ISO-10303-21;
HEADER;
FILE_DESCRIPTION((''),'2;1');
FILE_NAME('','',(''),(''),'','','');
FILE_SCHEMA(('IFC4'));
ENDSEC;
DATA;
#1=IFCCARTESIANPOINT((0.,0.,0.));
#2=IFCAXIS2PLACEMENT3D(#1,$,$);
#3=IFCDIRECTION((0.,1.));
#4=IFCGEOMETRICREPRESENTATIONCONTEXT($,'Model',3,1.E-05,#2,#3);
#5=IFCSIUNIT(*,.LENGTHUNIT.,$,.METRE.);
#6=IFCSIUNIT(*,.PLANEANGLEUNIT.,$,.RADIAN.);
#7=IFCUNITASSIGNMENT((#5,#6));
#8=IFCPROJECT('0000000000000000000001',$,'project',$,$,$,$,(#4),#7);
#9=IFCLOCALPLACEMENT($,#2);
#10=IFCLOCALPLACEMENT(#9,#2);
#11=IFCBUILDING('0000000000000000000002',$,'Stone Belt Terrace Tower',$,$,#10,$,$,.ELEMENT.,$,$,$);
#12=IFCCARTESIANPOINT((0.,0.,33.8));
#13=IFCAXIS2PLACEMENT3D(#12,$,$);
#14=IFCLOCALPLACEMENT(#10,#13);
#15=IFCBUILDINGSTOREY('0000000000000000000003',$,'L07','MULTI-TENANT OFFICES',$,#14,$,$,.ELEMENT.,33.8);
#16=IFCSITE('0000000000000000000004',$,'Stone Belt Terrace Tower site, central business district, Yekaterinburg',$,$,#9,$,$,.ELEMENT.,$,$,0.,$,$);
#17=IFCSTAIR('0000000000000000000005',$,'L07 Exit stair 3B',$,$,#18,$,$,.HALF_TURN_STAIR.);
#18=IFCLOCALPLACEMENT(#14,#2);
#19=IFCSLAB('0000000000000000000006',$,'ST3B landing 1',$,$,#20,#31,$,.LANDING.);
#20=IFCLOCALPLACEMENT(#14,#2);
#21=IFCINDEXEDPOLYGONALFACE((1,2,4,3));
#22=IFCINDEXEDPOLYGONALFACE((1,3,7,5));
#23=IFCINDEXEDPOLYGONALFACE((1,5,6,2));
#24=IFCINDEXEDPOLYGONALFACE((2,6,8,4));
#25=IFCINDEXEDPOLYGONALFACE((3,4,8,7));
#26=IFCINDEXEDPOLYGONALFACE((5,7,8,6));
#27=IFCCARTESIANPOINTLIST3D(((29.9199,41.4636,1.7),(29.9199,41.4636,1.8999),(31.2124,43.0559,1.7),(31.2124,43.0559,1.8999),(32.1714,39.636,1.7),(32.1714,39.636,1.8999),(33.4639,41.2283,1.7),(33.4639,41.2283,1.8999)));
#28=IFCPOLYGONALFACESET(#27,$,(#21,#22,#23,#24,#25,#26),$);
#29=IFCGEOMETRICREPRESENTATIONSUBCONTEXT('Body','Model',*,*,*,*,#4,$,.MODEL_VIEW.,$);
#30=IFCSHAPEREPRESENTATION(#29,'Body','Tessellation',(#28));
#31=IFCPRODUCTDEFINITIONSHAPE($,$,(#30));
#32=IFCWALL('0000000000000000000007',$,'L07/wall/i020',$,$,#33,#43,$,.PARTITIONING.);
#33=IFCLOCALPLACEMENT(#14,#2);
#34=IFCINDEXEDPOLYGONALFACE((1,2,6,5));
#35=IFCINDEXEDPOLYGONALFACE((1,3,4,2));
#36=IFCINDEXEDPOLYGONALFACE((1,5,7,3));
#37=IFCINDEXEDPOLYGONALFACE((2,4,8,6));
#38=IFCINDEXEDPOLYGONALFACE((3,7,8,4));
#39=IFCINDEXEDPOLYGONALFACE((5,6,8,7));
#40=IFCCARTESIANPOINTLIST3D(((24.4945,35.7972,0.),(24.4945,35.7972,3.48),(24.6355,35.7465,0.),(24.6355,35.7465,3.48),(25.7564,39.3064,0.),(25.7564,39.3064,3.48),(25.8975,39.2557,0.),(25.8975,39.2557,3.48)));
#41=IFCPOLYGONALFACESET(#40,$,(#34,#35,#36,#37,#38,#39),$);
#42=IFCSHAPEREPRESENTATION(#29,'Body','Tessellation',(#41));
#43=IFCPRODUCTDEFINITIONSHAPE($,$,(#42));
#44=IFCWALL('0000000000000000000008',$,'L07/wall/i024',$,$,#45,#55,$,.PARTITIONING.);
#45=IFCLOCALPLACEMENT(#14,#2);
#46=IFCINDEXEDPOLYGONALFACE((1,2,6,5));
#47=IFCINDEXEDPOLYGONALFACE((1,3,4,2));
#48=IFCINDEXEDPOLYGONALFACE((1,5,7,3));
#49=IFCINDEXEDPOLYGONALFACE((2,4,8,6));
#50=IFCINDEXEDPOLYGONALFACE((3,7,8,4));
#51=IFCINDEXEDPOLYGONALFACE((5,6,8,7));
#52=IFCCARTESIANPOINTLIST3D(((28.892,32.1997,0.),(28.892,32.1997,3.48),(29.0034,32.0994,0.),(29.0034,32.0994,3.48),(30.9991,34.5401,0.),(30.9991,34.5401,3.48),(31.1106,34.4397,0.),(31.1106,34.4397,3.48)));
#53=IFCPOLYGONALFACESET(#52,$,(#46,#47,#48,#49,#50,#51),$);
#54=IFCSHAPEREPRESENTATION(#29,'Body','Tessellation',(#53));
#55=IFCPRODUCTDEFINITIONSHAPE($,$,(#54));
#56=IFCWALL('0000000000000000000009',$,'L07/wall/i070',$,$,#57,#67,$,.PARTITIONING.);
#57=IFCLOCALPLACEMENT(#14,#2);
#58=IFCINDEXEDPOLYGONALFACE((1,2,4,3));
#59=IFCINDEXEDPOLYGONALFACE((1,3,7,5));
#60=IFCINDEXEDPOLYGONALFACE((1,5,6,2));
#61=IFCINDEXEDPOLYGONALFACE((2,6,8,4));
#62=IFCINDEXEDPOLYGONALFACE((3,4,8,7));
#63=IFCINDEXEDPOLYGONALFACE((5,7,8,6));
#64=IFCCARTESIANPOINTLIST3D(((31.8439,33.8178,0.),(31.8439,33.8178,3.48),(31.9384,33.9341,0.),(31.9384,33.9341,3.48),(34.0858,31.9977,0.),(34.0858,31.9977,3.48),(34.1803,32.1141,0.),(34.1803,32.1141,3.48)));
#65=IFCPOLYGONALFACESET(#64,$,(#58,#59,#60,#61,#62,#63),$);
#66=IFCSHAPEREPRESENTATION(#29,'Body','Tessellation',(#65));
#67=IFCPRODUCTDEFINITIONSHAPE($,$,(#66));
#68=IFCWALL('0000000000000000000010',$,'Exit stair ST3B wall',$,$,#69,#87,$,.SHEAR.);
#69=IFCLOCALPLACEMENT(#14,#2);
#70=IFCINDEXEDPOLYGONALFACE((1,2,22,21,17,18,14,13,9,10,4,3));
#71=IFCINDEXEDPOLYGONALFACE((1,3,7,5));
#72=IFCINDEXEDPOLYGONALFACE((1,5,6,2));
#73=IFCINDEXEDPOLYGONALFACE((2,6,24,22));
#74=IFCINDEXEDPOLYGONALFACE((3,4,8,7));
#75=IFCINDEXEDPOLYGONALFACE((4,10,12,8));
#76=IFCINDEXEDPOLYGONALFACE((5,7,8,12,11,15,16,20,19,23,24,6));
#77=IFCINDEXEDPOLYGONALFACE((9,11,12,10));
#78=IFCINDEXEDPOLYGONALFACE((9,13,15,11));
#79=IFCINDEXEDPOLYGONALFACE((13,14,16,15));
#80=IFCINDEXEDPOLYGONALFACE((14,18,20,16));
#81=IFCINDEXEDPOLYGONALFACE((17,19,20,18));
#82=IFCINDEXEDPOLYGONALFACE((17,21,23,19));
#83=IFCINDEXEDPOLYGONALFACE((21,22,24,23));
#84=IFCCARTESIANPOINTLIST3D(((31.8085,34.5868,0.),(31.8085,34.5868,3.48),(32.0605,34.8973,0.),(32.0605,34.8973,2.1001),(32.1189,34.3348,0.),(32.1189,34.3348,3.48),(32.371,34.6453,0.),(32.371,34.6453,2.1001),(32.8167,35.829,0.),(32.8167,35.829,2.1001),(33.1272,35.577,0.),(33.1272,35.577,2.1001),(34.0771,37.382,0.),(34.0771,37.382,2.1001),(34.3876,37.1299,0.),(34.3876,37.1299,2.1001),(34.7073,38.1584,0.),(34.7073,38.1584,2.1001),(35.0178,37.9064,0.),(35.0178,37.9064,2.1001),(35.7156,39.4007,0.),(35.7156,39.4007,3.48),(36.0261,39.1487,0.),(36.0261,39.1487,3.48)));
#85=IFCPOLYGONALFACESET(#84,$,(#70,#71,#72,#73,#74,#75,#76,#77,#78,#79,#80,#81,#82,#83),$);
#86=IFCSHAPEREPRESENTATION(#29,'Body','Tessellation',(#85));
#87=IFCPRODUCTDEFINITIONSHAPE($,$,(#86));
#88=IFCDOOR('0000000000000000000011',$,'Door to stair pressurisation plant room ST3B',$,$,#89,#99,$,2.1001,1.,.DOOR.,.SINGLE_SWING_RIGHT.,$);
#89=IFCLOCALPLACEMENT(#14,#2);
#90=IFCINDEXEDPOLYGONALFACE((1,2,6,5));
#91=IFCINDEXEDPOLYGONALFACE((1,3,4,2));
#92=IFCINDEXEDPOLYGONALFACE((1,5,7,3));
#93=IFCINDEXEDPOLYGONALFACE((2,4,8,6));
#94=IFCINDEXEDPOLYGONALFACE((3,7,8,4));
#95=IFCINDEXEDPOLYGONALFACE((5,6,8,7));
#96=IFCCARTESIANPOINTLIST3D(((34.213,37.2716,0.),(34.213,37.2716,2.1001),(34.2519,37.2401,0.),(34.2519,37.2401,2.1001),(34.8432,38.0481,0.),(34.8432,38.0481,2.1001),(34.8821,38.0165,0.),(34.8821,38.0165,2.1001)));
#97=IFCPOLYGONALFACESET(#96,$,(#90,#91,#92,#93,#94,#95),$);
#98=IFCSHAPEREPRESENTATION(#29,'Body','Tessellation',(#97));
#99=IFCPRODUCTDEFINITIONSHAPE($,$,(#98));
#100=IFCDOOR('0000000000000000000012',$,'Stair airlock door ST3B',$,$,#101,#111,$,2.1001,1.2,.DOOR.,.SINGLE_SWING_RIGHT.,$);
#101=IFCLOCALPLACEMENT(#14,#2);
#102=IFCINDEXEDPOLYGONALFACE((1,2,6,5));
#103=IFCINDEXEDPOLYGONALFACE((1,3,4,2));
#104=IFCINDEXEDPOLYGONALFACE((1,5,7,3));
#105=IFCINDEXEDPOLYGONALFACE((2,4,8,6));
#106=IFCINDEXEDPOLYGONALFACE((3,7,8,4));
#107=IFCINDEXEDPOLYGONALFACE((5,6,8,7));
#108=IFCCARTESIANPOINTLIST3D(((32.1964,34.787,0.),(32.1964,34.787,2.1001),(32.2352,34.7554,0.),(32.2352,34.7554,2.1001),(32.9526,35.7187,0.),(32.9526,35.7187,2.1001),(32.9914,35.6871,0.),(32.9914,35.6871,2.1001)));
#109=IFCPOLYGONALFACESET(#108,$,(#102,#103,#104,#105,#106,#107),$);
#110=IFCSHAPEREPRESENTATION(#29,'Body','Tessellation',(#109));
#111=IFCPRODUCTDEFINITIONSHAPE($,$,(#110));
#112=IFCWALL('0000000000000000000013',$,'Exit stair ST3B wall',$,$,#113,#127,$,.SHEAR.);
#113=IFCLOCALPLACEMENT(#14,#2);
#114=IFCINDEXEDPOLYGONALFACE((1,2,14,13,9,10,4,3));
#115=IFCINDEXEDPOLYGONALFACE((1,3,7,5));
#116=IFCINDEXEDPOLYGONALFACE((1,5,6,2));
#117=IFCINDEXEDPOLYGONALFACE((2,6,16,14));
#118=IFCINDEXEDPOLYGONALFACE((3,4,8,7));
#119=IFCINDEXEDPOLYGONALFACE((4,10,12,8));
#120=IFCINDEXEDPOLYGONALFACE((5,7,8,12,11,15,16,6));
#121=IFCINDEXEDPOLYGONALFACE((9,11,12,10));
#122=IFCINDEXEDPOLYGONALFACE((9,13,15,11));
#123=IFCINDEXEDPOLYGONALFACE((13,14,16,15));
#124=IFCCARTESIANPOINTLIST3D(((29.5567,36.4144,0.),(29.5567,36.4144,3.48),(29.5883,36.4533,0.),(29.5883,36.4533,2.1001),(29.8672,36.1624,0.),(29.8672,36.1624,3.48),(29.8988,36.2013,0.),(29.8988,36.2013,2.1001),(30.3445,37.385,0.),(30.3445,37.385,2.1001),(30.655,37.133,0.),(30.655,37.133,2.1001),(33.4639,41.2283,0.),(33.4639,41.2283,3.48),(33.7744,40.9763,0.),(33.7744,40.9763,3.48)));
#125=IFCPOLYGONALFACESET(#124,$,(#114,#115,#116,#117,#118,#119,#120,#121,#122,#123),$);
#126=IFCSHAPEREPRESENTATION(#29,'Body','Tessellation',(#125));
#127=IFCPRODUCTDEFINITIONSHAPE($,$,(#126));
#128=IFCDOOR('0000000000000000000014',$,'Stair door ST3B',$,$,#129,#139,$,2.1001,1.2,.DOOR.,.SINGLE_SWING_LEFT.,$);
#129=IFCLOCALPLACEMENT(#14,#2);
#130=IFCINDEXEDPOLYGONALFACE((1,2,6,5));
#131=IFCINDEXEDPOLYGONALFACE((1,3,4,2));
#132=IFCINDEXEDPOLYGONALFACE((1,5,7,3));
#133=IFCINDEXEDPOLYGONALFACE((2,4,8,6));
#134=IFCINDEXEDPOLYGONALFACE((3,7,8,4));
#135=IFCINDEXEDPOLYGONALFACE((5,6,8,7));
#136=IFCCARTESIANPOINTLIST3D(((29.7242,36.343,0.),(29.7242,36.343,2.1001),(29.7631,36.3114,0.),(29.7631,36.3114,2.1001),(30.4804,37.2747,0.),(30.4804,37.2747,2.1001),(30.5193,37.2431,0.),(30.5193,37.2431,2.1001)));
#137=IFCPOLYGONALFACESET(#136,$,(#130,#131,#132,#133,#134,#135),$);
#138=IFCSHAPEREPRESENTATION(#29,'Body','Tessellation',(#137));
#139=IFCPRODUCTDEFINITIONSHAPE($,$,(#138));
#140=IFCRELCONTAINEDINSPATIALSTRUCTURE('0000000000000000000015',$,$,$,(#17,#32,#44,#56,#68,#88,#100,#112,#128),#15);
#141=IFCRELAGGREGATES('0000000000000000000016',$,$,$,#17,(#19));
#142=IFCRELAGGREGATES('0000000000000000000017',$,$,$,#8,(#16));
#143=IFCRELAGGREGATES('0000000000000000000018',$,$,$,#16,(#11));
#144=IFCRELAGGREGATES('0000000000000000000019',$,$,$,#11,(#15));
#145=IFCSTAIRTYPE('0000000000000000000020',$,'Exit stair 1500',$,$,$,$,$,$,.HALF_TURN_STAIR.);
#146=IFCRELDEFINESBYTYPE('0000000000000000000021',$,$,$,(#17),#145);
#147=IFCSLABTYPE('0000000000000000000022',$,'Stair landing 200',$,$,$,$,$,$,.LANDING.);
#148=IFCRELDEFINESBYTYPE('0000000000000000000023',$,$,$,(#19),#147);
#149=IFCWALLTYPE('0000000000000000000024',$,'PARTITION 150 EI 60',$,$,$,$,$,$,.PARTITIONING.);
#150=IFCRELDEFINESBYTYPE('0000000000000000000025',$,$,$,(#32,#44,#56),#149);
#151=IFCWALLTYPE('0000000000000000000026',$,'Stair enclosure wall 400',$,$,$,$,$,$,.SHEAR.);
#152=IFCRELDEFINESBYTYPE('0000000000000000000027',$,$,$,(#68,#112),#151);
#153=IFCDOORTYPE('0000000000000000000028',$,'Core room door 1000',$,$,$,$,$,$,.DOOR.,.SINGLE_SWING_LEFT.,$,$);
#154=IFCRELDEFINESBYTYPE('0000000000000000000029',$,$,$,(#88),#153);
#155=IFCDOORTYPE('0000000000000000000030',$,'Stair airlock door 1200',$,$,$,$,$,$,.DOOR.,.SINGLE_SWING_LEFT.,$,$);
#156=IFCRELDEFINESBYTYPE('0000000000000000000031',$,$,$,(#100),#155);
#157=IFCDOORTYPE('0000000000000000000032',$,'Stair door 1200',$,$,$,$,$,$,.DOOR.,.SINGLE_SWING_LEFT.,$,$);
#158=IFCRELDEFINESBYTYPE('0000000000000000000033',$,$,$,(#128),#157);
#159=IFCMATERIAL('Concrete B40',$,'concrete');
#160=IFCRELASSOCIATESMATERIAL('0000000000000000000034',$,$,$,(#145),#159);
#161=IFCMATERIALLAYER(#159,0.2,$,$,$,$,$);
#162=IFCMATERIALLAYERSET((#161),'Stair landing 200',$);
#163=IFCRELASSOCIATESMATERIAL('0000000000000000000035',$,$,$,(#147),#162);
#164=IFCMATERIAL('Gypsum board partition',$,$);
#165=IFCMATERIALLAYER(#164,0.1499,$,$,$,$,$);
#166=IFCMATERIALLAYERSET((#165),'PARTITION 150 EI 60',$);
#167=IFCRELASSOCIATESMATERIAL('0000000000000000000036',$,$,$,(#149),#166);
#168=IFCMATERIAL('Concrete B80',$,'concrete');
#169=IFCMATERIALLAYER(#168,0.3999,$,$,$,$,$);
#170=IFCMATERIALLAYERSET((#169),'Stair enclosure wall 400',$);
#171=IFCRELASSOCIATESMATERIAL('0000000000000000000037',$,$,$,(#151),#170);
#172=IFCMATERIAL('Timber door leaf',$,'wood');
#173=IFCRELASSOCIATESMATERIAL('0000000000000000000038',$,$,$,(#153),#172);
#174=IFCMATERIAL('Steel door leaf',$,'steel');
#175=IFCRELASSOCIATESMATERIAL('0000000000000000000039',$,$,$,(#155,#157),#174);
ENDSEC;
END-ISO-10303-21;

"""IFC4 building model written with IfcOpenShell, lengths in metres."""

from ifc_helpers import new_model, si_unit, direction, frame, frame_2d, origin, place, context, subcontext, project, spatial, polyline, rectangle, outline, extrude, material, layer, layer_set, type_object, element, fill, aggregate, save


model = new_model("IFC4")

# Units and contexts
model_context = context("Model", 3, precision=1e-05, world=origin(), true_north=direction((0.0, 1.0)))
body_context = subcontext(model_context, "Body", "Model", "MODEL_VIEW")
ifc_project = project(units=[si_unit("LENGTHUNIT", "METRE"), si_unit("PLANEANGLEUNIT", "RADIAN")], contexts=[model_context])

# Site, building, storey
site_placement = place(None, origin())
site = spatial("IfcSite", under=ifc_project, at=site_placement, Name="Stone Belt Terrace Tower site, central business district, Yekaterinburg", CompositionType="ELEMENT", RefElevation=0.0)
building_placement = place(site_placement, origin())
building = spatial("IfcBuilding", under=site, at=building_placement, Name="Stone Belt Terrace Tower", CompositionType="ELEMENT")
storey_placement = place(building_placement, frame((0.0, 0.0, 33.8)))
storey = spatial("IfcBuildingStorey", under=building, at=storey_placement, Name="L07", Description="MULTI-TENANT OFFICES", CompositionType="ELEMENT", Elevation=33.8)

# Shared definitions
ifc_material_1 = material(Name="Concrete B80", Category="concrete")

# Shared definitions
ifc_material_2 = material(Name="Concrete B40", Category="concrete")

# Stair, slab
stair_type = type_object("IfcStairType", Name="Exit stair 1500", PredefinedType="HALF_TURN_STAIR", material=ifc_material_2)
ifc_layer_1 = layer(ifc_material_2, 0.2)
ifc_layer_set_1 = layer_set([ifc_layer_1], Name="Stair landing 200")
slab_type_1 = type_object("IfcSlabType", Name="Stair landing 200", PredefinedType="LANDING", material=ifc_layer_set_1)
stair_1_placement = place(storey_placement, origin())
stair_1 = element("IfcStair", 1, at=stair_1_placement, inside=storey, type_object=stair_type, Name="L07 Exit stair 3B", PredefinedType="HALF_TURN_STAIR")
slab_1_placement = place(storey_placement, frame((0.0, 0.0, 1.7)))
slab_1 = element("IfcSlab", 2, at=slab_1_placement, type_object=slab_type_1, Name="ST3B landing 1", PredefinedType="LANDING", context=body_context, shape_type="SweptSolid", body=[
    extrude(outline(polyline([(32.1714, 39.636), (33.4639, 41.2283), (31.2124, 43.0559), (29.9199, 41.4636), (32.1714, 39.636)])), origin(), (0.0, 0.0, 1.0), 0.2),
])
aggregate(stair_1, [slab_1])

# Walls
ifc_material_3 = material(Name="Gypsum board partition")
ifc_layer_2 = layer(ifc_material_3, 0.1499)
ifc_layer_set_2 = layer_set([ifc_layer_2], Name="PARTITION 150 EI 60")
wall_type_1 = type_object("IfcWallType", Name="PARTITION 150 EI 60", PredefinedType="PARTITIONING", material=ifc_layer_set_2)
wall_1_placement = place(storey_placement, frame((24.5649, 35.7717, 0.0), z_axis=(0.0, 0.0, 1.0), x_axis=(0.338393, 0.941005, 0.0)))
element("IfcWall", 3, at=wall_1_placement, inside=storey, type_object=wall_type_1, Name="L07/wall/i020", PredefinedType="PARTITIONING", context=body_context, shape_type="SweptSolid", body=[
    extrude(rectangle(XDim=3.7292, YDim=0.1499, at=frame_2d((1.8647, 0.0))), origin(), (0.0, 0.0, 1.0), 3.48),
])
wall_2_placement = place(storey_placement, frame((31.0549, 34.49, 0.0), z_axis=(0.0, 0.0, 1.0), x_axis=(-0.669119, -0.743155, 0.0)))
element("IfcWall", 4, at=wall_2_placement, inside=storey, type_object=wall_type_1, Name="L07/wall/i024", PredefinedType="PARTITIONING", context=body_context, shape_type="SweptSolid", body=[
    extrude(rectangle(XDim=3.1492, YDim=0.1499, at=frame_2d((1.5747, 0.0))), origin(), (0.0, 0.0, 1.0), 3.48),
])
wall_3_placement = place(storey_placement, frame((34.1331, 32.0559, 0.0), z_axis=(0.0, 0.0, 1.0), x_axis=(-0.77637, 0.630277, 0.0)))
element("IfcWall", 5, at=wall_3_placement, inside=storey, type_object=wall_type_1, Name="L07/wall/i070", PredefinedType="PARTITIONING", context=body_context, shape_type="SweptSolid", body=[
    extrude(rectangle(XDim=2.8877, YDim=0.1499, at=frame_2d((1.4438, 0.0))), origin(), (0.0, 0.0, 1.0), 3.48),
])

# Wall, openings, doors
ifc_layer_3 = layer(ifc_material_1, 0.3999)
ifc_layer_set_3 = layer_set([ifc_layer_3], Name="Stair enclosure wall 400")
wall_type_2 = type_object("IfcWallType", Name="Stair enclosure wall 400", PredefinedType="SHEAR", material=ifc_layer_set_3)
wall_4_placement = place(storey_placement, frame((31.9636, 34.4607, 0.0), z_axis=(0.0, 0.0, 1.0), x_axis=(0.630192, 0.776439, 0.0)))
wall_4 = element("IfcWall", 6, at=wall_4_placement, inside=storey, type_object=wall_type_2, Name="Exit stair ST3B wall", PredefinedType="SHEAR", context=body_context, shape_type="SweptSolid", body=[
    extrude(rectangle(XDim=6.2, YDim=0.3999, at=frame_2d((3.1001, 0.0))), origin(), (0.0, 0.0, 1.0), 3.48),
])
opening_1_placement = place(wall_4_placement, frame((0.3999, 0.0, 0.0)))
opening_1 = element("IfcOpeningElement", 7, at=opening_1_placement, cuts=wall_4, PredefinedType="OPENING", context=body_context, shape_type="SweptSolid", body=[
    extrude(rectangle(XDim=1.2, YDim=2.1001, at=frame_2d((0.6001, 1.05))), frame((0.0, 0.21, 0.0), z_axis=(0.0, -1.0, 0.0), x_axis=(1.0, 0.0, 0.0)), (0.0, 0.0, 1.0), 0.4199),
])
opening_2_placement = place(wall_4_placement, frame((3.6001, 0.0, 0.0)))
opening_2 = element("IfcOpeningElement", 8, at=opening_2_placement, cuts=wall_4, PredefinedType="OPENING", context=body_context, shape_type="SweptSolid", body=[
    extrude(rectangle(XDim=1.0, YDim=2.1001, at=frame_2d((0.5, 1.05))), frame((0.0, 0.21, 0.0), z_axis=(0.0, -1.0, 0.0), x_axis=(1.0, 0.0, 0.0)), (0.0, 0.0, 1.0), 0.4199),
])
ifc_material_4 = material(Name="Timber door leaf", Category="wood")
door_type_1 = type_object("IfcDoorType", Name="Core room door 1000", OperationType="SINGLE_SWING_LEFT", PredefinedType="DOOR", material=ifc_material_4)
door_1_placement = place(opening_2_placement, origin())
door_1 = element("IfcDoor", 9, at=door_1_placement, inside=storey, type_object=door_type_1, Name="Door to stair pressurisation plant room ST3B", OperationType="SINGLE_SWING_RIGHT", OverallHeight=2.1001, OverallWidth=1.0, PredefinedType="DOOR", context=body_context, shape_type="SweptSolid", body=[
    extrude(rectangle(XDim=1.0, YDim=2.1001, at=frame_2d((0.5, 1.05))), frame((0.0, 0.0249, 0.0), z_axis=(0.0, -1.0, 0.0), x_axis=(1.0, 0.0, 0.0)), (0.0, 0.0, 1.0), 0.05),
])
fill(opening_2, door_1)
ifc_material_5 = material(Name="Steel door leaf", Category="steel")
door_type_2 = type_object("IfcDoorType", Name="Stair airlock door 1200", OperationType="SINGLE_SWING_LEFT", PredefinedType="DOOR", material=ifc_material_5)
door_2_placement = place(opening_1_placement, origin())
door_2 = element("IfcDoor", 10, at=door_2_placement, inside=storey, type_object=door_type_2, Name="Stair airlock door ST3B", OperationType="SINGLE_SWING_RIGHT", OverallHeight=2.1001, OverallWidth=1.2, PredefinedType="DOOR", context=body_context, shape_type="SweptSolid", body=[
    extrude(rectangle(XDim=1.2, YDim=2.1001, at=frame_2d((0.6001, 1.05))), frame((0.0, 0.0249, 0.0), z_axis=(0.0, -1.0, 0.0), x_axis=(1.0, 0.0, 0.0)), (0.0, 0.0, 1.0), 0.05),
])
fill(opening_1, door_2)

# Wall, opening, door
wall_5_placement = place(storey_placement, frame((29.7119, 36.2883, 0.0), z_axis=(0.0, 0.0, 1.0), x_axis=(0.630192, 0.776439, 0.0)))
wall_5 = element("IfcWall", 11, at=wall_5_placement, inside=storey, type_object=wall_type_2, Name="Exit stair ST3B wall", PredefinedType="SHEAR", context=body_context, shape_type="SweptSolid", body=[
    extrude(rectangle(XDim=6.2, YDim=0.3999, at=frame_2d((3.1001, 0.0))), origin(), (0.0, 0.0, 1.0), 3.48),
])
opening_3_placement = place(wall_5_placement, frame((0.05, 0.0, 0.0)))
opening_3 = element("IfcOpeningElement", 12, at=opening_3_placement, cuts=wall_5, PredefinedType="OPENING", context=body_context, shape_type="SweptSolid", body=[
    extrude(rectangle(XDim=1.2, YDim=2.1001, at=frame_2d((0.6001, 1.05))), frame((0.0, 0.21, 0.0), z_axis=(0.0, -1.0, 0.0), x_axis=(1.0, 0.0, 0.0)), (0.0, 0.0, 1.0), 0.4199),
])
door_type_3 = type_object("IfcDoorType", Name="Stair door 1200", OperationType="SINGLE_SWING_LEFT", PredefinedType="DOOR", material=ifc_material_5)
door_3_placement = place(opening_3_placement, origin())
door_3 = element("IfcDoor", 13, at=door_3_placement, inside=storey, type_object=door_type_3, Name="Stair door ST3B", OperationType="SINGLE_SWING_LEFT", OverallHeight=2.1001, OverallWidth=1.2, PredefinedType="DOOR", context=body_context, shape_type="SweptSolid", body=[
    extrude(rectangle(XDim=1.2, YDim=2.1001, at=frame_2d((0.6001, 1.05))), frame((0.0, 0.0249, 0.0), z_axis=(0.0, -1.0, 0.0), x_axis=(1.0, 0.0, 0.0)), (0.0, 0.0, 1.0), 0.05),
])
fill(opening_3, door_3)

save(model, "model.ifc")
